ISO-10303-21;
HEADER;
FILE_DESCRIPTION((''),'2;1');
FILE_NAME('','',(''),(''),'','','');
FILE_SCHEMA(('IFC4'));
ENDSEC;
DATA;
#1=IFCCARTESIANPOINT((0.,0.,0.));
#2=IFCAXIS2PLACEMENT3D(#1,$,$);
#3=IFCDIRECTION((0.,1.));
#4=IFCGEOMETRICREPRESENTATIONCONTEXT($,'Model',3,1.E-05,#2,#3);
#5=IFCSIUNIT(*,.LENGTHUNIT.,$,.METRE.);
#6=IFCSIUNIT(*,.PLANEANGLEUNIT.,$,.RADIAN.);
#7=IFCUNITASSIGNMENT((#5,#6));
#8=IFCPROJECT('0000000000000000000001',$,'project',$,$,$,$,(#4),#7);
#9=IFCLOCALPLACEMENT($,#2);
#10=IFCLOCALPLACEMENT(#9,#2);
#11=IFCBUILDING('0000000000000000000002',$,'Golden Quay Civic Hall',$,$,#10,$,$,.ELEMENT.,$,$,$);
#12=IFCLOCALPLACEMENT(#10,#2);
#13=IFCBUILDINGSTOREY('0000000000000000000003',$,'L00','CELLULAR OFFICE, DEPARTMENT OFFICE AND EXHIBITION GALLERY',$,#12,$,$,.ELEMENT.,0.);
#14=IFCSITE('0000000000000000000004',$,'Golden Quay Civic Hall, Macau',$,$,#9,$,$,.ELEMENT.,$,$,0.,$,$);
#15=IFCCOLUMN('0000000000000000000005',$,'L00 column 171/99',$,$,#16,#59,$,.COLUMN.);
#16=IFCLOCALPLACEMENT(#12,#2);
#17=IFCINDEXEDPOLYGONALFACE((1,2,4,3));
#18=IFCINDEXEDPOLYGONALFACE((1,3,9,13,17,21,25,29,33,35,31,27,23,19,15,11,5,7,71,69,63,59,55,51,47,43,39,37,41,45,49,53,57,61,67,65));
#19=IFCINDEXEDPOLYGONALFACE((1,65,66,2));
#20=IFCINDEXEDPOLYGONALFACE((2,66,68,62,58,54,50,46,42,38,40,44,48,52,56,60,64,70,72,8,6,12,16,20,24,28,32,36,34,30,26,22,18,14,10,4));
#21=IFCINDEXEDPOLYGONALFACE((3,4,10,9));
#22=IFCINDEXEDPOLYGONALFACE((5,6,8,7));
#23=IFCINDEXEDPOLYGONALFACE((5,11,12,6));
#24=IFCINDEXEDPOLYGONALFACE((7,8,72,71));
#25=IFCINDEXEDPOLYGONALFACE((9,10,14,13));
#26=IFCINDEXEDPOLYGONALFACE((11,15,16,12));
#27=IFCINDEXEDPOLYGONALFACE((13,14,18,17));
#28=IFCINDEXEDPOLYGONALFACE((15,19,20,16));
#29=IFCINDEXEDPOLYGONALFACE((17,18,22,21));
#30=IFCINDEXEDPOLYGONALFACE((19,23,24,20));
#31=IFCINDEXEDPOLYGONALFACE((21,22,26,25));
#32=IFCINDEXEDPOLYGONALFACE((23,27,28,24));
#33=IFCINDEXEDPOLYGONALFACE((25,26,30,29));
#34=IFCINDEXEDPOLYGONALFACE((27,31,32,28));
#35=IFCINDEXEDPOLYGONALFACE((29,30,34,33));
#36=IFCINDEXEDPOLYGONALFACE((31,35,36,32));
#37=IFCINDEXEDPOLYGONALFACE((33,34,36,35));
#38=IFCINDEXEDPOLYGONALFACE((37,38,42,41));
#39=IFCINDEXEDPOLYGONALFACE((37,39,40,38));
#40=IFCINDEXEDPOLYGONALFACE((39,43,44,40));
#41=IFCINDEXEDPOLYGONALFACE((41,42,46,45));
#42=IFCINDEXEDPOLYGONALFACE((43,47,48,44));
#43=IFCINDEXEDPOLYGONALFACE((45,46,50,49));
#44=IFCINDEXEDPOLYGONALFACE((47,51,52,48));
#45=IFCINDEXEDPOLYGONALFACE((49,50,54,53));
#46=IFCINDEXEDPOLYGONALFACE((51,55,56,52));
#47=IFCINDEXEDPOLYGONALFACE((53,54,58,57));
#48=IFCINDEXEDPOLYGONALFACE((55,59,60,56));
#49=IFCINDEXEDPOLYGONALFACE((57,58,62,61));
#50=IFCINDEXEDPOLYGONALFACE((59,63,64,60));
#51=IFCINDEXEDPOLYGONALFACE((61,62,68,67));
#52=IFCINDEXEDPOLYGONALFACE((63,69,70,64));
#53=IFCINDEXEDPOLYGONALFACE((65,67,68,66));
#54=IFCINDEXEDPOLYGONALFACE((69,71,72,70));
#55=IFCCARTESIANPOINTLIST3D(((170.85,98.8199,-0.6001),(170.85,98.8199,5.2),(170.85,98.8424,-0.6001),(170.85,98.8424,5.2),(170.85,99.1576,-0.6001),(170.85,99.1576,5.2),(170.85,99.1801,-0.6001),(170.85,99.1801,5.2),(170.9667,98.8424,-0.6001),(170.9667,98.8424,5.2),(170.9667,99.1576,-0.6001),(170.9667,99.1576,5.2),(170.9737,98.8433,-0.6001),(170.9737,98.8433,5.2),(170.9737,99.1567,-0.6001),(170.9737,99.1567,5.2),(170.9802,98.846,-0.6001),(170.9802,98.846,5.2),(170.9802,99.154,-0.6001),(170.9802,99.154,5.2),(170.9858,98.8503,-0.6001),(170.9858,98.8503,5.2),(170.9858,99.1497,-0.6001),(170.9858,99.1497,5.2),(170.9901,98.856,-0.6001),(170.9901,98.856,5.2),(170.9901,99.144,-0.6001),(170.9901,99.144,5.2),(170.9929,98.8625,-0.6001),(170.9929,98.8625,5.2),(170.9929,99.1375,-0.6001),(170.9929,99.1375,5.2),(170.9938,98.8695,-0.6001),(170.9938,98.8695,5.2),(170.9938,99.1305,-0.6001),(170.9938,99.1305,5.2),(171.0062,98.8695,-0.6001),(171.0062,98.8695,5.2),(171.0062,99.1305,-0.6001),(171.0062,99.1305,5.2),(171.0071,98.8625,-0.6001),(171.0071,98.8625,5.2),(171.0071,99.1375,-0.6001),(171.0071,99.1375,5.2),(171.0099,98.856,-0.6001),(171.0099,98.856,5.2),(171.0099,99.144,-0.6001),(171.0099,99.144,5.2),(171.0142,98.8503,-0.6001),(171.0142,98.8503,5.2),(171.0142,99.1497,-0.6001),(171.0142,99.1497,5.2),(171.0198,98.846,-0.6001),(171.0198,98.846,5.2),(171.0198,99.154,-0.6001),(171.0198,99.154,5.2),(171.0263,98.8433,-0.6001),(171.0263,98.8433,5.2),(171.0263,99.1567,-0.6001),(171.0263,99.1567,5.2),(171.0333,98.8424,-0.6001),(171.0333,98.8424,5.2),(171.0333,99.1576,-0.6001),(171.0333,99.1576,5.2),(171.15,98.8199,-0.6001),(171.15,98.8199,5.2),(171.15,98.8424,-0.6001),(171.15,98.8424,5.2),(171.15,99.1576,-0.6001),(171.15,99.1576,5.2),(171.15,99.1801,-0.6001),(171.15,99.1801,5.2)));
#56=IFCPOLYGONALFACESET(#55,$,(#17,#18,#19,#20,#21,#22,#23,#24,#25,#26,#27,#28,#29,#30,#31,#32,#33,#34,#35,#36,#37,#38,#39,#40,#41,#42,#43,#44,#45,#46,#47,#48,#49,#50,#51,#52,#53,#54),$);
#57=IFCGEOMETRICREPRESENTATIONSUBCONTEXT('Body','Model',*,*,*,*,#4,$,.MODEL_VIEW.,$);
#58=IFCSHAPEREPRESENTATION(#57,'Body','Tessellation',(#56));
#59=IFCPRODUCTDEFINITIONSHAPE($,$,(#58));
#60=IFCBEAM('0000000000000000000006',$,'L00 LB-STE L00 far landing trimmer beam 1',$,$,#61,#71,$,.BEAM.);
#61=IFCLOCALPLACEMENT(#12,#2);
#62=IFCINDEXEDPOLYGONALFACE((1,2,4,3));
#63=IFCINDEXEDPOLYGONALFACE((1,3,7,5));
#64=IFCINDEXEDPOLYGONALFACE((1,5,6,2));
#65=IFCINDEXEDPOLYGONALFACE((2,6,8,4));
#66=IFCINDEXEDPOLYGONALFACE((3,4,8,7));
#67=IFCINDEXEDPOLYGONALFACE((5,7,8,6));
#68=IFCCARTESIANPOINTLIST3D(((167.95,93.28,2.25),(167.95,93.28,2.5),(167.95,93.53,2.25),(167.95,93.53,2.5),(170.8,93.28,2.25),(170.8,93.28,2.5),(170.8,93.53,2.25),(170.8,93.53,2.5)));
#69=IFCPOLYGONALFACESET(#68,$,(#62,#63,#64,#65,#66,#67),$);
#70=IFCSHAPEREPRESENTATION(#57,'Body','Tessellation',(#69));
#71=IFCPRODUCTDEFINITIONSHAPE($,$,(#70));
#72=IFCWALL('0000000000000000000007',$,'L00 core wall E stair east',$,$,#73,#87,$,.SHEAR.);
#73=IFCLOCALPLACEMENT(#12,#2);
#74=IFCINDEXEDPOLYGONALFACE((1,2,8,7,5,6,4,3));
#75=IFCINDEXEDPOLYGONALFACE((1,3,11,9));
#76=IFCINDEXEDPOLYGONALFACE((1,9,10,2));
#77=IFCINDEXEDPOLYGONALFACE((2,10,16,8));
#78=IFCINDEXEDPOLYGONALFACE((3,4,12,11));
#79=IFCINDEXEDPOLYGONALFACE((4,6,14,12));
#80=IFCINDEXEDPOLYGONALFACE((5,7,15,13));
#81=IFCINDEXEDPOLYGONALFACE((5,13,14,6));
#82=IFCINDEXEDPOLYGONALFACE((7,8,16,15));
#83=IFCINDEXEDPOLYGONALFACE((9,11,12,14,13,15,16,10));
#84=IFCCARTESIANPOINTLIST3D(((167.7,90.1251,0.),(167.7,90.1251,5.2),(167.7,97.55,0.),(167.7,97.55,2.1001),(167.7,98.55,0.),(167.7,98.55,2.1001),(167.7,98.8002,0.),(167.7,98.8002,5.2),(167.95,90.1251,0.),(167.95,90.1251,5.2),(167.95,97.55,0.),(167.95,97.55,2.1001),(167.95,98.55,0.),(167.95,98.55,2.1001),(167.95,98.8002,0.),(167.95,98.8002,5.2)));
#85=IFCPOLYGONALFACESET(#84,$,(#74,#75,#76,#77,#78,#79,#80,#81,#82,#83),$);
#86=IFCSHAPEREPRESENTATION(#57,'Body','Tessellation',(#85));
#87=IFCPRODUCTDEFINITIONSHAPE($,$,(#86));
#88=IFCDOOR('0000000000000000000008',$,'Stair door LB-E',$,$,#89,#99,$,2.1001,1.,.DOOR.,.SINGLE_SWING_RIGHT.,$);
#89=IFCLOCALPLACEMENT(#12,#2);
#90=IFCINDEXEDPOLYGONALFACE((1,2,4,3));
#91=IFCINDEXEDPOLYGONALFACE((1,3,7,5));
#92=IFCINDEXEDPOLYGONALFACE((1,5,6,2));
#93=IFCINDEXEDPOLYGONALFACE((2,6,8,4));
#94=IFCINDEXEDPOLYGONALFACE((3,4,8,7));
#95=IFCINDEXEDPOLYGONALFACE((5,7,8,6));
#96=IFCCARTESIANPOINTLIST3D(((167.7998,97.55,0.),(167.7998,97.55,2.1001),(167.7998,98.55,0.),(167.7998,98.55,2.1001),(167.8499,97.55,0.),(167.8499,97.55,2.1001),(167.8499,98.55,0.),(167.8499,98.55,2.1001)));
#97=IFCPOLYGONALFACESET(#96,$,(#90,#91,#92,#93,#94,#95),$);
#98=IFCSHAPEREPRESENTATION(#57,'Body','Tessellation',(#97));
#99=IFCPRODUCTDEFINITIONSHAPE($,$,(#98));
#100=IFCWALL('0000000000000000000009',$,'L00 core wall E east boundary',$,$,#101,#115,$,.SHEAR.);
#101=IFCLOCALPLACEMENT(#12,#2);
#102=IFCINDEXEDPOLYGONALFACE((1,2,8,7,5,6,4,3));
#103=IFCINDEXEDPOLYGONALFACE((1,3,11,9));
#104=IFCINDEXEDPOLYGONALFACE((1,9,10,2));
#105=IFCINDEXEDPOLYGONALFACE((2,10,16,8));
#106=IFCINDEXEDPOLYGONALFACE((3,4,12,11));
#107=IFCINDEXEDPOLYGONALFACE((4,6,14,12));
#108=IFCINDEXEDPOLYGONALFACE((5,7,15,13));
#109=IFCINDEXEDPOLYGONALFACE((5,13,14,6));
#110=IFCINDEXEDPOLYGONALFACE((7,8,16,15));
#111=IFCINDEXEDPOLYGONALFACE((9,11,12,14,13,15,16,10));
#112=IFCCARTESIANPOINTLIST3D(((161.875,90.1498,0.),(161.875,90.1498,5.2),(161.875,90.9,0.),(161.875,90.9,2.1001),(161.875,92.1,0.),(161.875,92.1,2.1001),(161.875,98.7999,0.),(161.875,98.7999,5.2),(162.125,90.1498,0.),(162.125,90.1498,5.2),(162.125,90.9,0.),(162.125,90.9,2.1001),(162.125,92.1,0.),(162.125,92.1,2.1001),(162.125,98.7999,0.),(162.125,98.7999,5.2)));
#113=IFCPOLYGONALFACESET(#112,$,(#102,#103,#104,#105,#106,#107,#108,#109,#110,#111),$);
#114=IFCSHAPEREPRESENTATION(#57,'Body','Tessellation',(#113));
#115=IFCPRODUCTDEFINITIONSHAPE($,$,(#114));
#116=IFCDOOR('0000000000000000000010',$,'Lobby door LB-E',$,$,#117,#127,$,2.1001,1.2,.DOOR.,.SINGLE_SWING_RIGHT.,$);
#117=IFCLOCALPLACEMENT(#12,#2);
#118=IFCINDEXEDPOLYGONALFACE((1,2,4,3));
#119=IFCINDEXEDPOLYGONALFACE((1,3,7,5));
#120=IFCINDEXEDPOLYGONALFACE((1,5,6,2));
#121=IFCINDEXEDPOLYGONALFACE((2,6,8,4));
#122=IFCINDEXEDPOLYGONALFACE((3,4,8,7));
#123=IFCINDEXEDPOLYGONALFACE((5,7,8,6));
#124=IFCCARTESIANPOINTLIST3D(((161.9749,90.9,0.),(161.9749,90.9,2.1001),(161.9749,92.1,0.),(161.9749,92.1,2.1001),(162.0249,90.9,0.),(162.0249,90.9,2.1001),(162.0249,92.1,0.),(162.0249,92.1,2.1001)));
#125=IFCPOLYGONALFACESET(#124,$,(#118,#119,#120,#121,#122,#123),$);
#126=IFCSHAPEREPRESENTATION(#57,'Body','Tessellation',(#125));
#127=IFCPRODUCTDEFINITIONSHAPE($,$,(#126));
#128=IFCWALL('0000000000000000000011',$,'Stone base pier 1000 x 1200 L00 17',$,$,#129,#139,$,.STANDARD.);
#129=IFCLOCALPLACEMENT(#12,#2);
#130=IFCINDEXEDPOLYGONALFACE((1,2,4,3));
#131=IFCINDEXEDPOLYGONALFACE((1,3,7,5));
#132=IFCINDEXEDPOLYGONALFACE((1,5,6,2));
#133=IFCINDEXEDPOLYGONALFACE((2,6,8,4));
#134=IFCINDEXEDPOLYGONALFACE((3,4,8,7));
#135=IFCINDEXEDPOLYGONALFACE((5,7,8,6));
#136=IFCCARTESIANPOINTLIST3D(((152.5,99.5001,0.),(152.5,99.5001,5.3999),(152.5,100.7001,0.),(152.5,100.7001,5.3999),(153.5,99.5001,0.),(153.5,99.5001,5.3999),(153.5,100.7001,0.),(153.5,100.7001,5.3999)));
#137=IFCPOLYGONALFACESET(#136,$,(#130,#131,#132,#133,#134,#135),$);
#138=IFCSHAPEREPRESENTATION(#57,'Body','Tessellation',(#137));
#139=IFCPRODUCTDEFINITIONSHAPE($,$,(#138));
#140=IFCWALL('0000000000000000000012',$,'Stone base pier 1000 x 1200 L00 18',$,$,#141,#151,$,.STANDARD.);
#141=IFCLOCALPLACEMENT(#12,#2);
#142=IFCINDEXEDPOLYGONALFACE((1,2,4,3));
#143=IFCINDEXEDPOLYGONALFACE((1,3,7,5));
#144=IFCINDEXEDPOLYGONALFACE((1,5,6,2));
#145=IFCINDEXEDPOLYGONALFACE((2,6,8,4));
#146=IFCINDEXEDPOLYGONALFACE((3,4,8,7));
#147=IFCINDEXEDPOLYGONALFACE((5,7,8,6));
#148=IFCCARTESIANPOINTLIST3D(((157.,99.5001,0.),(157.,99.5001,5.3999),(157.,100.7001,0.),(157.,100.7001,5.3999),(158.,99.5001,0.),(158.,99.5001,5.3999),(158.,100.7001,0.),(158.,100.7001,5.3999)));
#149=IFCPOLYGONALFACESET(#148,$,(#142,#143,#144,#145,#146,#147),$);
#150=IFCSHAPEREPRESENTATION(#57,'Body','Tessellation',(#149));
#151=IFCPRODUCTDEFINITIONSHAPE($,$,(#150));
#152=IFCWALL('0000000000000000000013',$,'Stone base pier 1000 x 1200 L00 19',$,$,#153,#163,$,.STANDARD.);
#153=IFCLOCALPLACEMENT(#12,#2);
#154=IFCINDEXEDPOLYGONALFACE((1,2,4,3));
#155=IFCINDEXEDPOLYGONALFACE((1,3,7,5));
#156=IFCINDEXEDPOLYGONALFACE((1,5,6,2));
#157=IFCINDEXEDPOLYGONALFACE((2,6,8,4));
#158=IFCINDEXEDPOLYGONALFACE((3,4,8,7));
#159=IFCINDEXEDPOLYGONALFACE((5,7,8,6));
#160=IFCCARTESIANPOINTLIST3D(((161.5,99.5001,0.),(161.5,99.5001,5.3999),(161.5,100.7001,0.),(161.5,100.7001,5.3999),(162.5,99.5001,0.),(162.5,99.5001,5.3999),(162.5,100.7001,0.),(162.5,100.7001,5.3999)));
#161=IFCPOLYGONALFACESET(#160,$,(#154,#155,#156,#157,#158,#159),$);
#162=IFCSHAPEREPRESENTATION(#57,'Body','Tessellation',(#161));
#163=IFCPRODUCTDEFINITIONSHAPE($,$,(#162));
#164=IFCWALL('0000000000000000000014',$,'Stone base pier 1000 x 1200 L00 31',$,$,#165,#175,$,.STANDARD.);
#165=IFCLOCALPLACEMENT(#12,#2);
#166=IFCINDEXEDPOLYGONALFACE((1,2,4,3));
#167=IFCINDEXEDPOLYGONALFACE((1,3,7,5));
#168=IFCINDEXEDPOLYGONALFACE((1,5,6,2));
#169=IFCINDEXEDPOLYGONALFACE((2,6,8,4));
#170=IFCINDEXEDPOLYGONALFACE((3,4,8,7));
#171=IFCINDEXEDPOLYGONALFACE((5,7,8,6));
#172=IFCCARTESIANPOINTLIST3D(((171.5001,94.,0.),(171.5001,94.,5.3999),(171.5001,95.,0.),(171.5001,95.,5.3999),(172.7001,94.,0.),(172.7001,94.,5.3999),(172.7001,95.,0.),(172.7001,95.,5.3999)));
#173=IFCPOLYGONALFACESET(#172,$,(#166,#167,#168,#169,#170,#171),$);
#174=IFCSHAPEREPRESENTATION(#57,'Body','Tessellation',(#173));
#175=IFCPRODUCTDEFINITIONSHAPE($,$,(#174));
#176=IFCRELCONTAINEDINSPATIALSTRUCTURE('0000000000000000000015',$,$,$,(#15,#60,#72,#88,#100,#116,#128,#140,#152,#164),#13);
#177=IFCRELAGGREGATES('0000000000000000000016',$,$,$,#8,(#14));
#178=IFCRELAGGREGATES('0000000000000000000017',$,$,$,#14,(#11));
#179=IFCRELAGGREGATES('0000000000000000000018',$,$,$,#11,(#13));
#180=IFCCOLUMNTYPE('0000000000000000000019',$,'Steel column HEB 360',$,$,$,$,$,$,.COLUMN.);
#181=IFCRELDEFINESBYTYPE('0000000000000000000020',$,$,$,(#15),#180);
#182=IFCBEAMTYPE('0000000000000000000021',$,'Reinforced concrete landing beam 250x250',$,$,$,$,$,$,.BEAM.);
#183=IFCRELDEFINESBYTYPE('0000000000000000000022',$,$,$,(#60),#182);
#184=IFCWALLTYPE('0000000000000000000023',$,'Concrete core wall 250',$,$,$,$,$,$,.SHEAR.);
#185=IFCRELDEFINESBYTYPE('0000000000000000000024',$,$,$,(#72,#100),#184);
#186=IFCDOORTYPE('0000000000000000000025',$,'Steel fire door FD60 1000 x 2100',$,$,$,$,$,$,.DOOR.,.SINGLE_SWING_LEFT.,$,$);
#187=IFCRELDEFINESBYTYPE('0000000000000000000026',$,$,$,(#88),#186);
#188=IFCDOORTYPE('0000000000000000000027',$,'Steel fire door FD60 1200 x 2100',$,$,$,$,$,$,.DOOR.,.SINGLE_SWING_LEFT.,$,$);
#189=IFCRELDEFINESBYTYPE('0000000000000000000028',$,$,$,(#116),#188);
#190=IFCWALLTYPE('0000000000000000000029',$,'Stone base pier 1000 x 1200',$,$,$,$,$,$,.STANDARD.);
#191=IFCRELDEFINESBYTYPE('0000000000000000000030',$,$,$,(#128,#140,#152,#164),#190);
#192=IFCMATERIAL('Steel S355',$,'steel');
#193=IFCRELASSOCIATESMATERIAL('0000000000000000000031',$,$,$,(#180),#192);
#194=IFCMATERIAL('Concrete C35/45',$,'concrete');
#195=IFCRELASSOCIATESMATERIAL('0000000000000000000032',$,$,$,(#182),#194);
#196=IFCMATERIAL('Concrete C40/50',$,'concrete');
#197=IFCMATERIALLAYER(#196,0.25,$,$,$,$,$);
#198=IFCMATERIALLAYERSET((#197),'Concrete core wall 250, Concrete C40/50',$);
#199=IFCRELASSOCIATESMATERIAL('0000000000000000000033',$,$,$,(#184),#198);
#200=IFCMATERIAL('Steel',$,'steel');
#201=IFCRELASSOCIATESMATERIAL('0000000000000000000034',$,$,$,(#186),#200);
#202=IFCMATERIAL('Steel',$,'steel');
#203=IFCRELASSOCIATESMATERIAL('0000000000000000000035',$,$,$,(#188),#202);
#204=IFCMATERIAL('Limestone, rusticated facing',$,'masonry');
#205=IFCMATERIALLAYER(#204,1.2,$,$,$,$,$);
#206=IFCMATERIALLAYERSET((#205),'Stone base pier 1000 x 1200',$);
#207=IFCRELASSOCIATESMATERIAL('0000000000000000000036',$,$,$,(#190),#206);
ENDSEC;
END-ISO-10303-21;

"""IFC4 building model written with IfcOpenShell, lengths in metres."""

from ifc_helpers import new_model, si_unit, direction, frame, frame_2d, origin, origin_2d, place, context, subcontext, project, spatial, rectangle, i_section, extrude, material, layer, layer_set, material_profile, profile_set, type_object, element, fill, save


model = new_model("IFC4")

# Units and contexts
model_context = context("Model", 3, precision=1e-05, world=origin(), true_north=direction((0.0, 1.0)))
body_context = subcontext(model_context, "Body", "Model", "MODEL_VIEW")
ifc_project = project(units=[si_unit("LENGTHUNIT", "METRE"), si_unit("PLANEANGLEUNIT", "RADIAN")], contexts=[model_context])

# Site, building, storey
site_placement = place(None, origin())
site = spatial("IfcSite", under=ifc_project, at=site_placement, Name="Golden Quay Civic Hall, Macau", CompositionType="ELEMENT", RefElevation=0.0)
building_placement = place(site_placement, origin())
building = spatial("IfcBuilding", under=site, at=building_placement, Name="Golden Quay Civic Hall", CompositionType="ELEMENT")
storey_placement = place(building_placement, origin())
storey = spatial("IfcBuildingStorey", under=building, at=storey_placement, Name="L00", Description="CELLULAR OFFICE, DEPARTMENT OFFICE AND EXHIBITION GALLERY", CompositionType="ELEMENT", Elevation=0.0)

# Column
ifc_material_1 = material(Name="Steel S355", Category="steel")
ifc_material_profile_1 = material_profile(ifc_material_1, i_section(OverallWidth=0.3, OverallDepth=0.3601, WebThickness=0.0125, FlangeThickness=0.0225, FilletRadius=0.0271, at=origin_2d()), Name="HEB 360")
ifc_profile_set_1 = profile_set([ifc_material_profile_1], Name="Steel S355")
column_type = type_object("IfcColumnType", Name="Steel column HEB 360", PredefinedType="COLUMN", material=ifc_profile_set_1)
for number, where, z_axis, x_axis, name in (
    (1, (171.0, 99.0, -0.6001), (0.0, 0.0, 1.0), (1.0, 0.0, 0.0), "L00 column 171/99"),
):
    element("IfcColumn", number, at=place(storey_placement, frame(where, z_axis=z_axis, x_axis=x_axis)), inside=storey, type_object=column_type, Name=name, PredefinedType="COLUMN", context=body_context, shape_type="SweptSolid", body=[
        extrude(i_section(OverallWidth=0.3, OverallDepth=0.3601, WebThickness=0.0125, FlangeThickness=0.0225, FilletRadius=0.0271, at=origin_2d()), origin(), (0.0, 0.0, 1.0), 5.8),
    ])

# Beam
ifc_material_2 = material(Name="Concrete C35/45", Category="concrete")
ifc_material_profile_2 = material_profile(ifc_material_2, rectangle(XDim=0.25, YDim=0.25, at=origin_2d()), Name="RC 250x250")
ifc_profile_set_2 = profile_set([ifc_material_profile_2], Name="Concrete C35/45")
beam_type = type_object("IfcBeamType", Name="Reinforced concrete landing beam 250x250", PredefinedType="BEAM", material=ifc_profile_set_2)
beam_placement = place(storey_placement, frame((167.95, 93.405, 2.375), z_axis=(1.0, 0.0, 0.0), x_axis=(0.0, 1.0, 0.0)))
element("IfcBeam", 2, at=beam_placement, inside=storey, type_object=beam_type, Name="L00 LB-STE L00 far landing trimmer beam 1", PredefinedType="BEAM", context=body_context, shape_type="SweptSolid", body=[
    extrude(rectangle(XDim=0.25, YDim=0.25, at=origin_2d()), origin(), (0.0, 0.0, 1.0), 2.8501),
])

# Walls, openings, doors
ifc_material_3 = material(Name="Concrete C40/50", Category="concrete")
ifc_layer_1 = layer(ifc_material_3, 0.25)
ifc_layer_set_1 = layer_set([ifc_layer_1], Name="Concrete core wall 250, Concrete C40/50")
wall_type_1 = type_object("IfcWallType", Name="Concrete core wall 250", PredefinedType="SHEAR", material=ifc_layer_set_1)
wall_1_placement = place(storey_placement, frame((167.825, 98.8, 0.0), z_axis=(0.0, 0.0, 1.0), x_axis=(0.0, -1.0, 0.0)))
wall_1 = element("IfcWall", 3, at=wall_1_placement, inside=storey, type_object=wall_type_1, Name="L00 core wall E stair east", PredefinedType="SHEAR", context=body_context, shape_type="SweptSolid", body=[
    extrude(rectangle(XDim=8.675, YDim=0.25, at=frame_2d((4.3374, 0.0))), origin(), (0.0, 0.0, 1.0), 5.2),
])
opening_1_placement = place(wall_1_placement, frame((0.25, 0.0, 0.0)))
opening_1 = element("IfcOpeningElement", 4, at=opening_1_placement, cuts=wall_1, PredefinedType="OPENING", context=body_context, shape_type="SweptSolid", body=[
    extrude(rectangle(XDim=1.0, YDim=2.1001, at=frame_2d((0.5, 1.05))), frame((0.0, 0.135, 0.0), z_axis=(0.0, -1.0, 0.0), x_axis=(1.0, 0.0, 0.0)), (0.0, 0.0, 1.0), 0.27),
])
ifc_material_4 = material(Name="Steel", Category="steel")
door_type_1 = type_object("IfcDoorType", Name="Steel fire door FD60 1000 x 2100", OperationType="SINGLE_SWING_LEFT", PredefinedType="DOOR", material=ifc_material_4)
door_1_placement = place(opening_1_placement, frame((1.0, 0.0, 0.0), z_axis=(0.0, 0.0, 1.0), x_axis=(-1.0, 0.0, 0.0)))
door_1 = element("IfcDoor", 5, at=door_1_placement, inside=storey, type_object=door_type_1, Name="Stair door LB-E", OperationType="SINGLE_SWING_RIGHT", OverallHeight=2.1001, OverallWidth=1.0, PredefinedType="DOOR", context=body_context, shape_type="SweptSolid", body=[
    extrude(rectangle(XDim=1.0, YDim=2.1001, at=frame_2d((0.5, 1.05))), frame((0.0, 0.0251, 0.0), z_axis=(0.0, -1.0, 0.0), x_axis=(1.0, 0.0, 0.0)), (0.0, 0.0, 1.0), 0.05),
])
fill(opening_1, door_1)
wall_2_placement = place(storey_placement, frame((162.0, 98.8, 0.0), z_axis=(0.0, 0.0, 1.0), x_axis=(0.0, -1.0, 0.0)))
wall_2 = element("IfcWall", 6, at=wall_2_placement, inside=storey, type_object=wall_type_1, Name="L00 core wall E east boundary", PredefinedType="SHEAR", context=body_context, shape_type="SweptSolid", body=[
    extrude(rectangle(XDim=8.6501, YDim=0.25, at=frame_2d((4.3252, 0.0))), origin(), (0.0, 0.0, 1.0), 5.2),
])
opening_2_placement = place(wall_2_placement, frame((6.7, 0.0, 0.0)))
opening_2 = element("IfcOpeningElement", 7, at=opening_2_placement, cuts=wall_2, PredefinedType="OPENING", context=body_context, shape_type="SweptSolid", body=[
    extrude(rectangle(XDim=1.2, YDim=2.1001, at=frame_2d((0.6001, 1.05))), frame((0.0, 0.135, 0.0), z_axis=(0.0, -1.0, 0.0), x_axis=(1.0, 0.0, 0.0)), (0.0, 0.0, 1.0), 0.27),
])
ifc_material_5 = material(Name="Steel", Category="steel")
door_type_2 = type_object("IfcDoorType", Name="Steel fire door FD60 1200 x 2100", OperationType="SINGLE_SWING_LEFT", PredefinedType="DOOR", material=ifc_material_5)
door_2_placement = place(opening_2_placement, frame((1.2, 0.0, 0.0), z_axis=(0.0, 0.0, 1.0), x_axis=(-1.0, 0.0, 0.0)))
door_2 = element("IfcDoor", 8, at=door_2_placement, inside=storey, type_object=door_type_2, Name="Lobby door LB-E", OperationType="SINGLE_SWING_RIGHT", OverallHeight=2.1001, OverallWidth=1.2, PredefinedType="DOOR", context=body_context, shape_type="SweptSolid", body=[
    extrude(rectangle(XDim=1.2, YDim=2.1001, at=frame_2d((0.5999, 1.05))), frame((0.0, 0.0251, 0.0), z_axis=(0.0, -1.0, 0.0), x_axis=(1.0, 0.0, 0.0)), (0.0, 0.0, 1.0), 0.05),
])
fill(opening_2, door_2)

# Walls
ifc_material_6 = material(Name="Limestone, rusticated facing", Category="masonry")
ifc_layer_2 = layer(ifc_material_6, 1.2)
ifc_layer_set_2 = layer_set([ifc_layer_2], Name="Stone base pier 1000 x 1200")
wall_type_2 = type_object("IfcWallType", Name="Stone base pier 1000 x 1200", PredefinedType="STANDARD", material=ifc_layer_set_2)
for number, where, z_axis, x_axis, name in (
    (9, (152.5, 100.1001, 0.0), (0.0, 0.0, 1.0), (1.0, 0.0, 0.0), "Stone base pier 1000 x 1200 L00 17"),
    (10, (157.0, 100.1001, 0.0), (0.0, 0.0, 1.0), (1.0, 0.0, 0.0), "Stone base pier 1000 x 1200 L00 18"),
    (11, (161.5, 100.1001, 0.0), (0.0, 0.0, 1.0), (1.0, 0.0, 0.0), "Stone base pier 1000 x 1200 L00 19"),
    (12, (172.1001, 94.0, 0.0), (0.0, 0.0, 1.0), (0.0, 1.0, 0.0), "Stone base pier 1000 x 1200 L00 31"),
):
    element("IfcWall", number, at=place(storey_placement, frame(where, z_axis=z_axis, x_axis=x_axis)), inside=storey, type_object=wall_type_2, Name=name, PredefinedType="STANDARD", context=body_context, shape_type="SweptSolid", body=[
        extrude(rectangle(XDim=1.0, YDim=1.2, at=frame_2d((0.5, 0.0))), origin(), (0.0, 0.0, 1.0), 5.3999),
    ])

save(model, "model.ifc")
